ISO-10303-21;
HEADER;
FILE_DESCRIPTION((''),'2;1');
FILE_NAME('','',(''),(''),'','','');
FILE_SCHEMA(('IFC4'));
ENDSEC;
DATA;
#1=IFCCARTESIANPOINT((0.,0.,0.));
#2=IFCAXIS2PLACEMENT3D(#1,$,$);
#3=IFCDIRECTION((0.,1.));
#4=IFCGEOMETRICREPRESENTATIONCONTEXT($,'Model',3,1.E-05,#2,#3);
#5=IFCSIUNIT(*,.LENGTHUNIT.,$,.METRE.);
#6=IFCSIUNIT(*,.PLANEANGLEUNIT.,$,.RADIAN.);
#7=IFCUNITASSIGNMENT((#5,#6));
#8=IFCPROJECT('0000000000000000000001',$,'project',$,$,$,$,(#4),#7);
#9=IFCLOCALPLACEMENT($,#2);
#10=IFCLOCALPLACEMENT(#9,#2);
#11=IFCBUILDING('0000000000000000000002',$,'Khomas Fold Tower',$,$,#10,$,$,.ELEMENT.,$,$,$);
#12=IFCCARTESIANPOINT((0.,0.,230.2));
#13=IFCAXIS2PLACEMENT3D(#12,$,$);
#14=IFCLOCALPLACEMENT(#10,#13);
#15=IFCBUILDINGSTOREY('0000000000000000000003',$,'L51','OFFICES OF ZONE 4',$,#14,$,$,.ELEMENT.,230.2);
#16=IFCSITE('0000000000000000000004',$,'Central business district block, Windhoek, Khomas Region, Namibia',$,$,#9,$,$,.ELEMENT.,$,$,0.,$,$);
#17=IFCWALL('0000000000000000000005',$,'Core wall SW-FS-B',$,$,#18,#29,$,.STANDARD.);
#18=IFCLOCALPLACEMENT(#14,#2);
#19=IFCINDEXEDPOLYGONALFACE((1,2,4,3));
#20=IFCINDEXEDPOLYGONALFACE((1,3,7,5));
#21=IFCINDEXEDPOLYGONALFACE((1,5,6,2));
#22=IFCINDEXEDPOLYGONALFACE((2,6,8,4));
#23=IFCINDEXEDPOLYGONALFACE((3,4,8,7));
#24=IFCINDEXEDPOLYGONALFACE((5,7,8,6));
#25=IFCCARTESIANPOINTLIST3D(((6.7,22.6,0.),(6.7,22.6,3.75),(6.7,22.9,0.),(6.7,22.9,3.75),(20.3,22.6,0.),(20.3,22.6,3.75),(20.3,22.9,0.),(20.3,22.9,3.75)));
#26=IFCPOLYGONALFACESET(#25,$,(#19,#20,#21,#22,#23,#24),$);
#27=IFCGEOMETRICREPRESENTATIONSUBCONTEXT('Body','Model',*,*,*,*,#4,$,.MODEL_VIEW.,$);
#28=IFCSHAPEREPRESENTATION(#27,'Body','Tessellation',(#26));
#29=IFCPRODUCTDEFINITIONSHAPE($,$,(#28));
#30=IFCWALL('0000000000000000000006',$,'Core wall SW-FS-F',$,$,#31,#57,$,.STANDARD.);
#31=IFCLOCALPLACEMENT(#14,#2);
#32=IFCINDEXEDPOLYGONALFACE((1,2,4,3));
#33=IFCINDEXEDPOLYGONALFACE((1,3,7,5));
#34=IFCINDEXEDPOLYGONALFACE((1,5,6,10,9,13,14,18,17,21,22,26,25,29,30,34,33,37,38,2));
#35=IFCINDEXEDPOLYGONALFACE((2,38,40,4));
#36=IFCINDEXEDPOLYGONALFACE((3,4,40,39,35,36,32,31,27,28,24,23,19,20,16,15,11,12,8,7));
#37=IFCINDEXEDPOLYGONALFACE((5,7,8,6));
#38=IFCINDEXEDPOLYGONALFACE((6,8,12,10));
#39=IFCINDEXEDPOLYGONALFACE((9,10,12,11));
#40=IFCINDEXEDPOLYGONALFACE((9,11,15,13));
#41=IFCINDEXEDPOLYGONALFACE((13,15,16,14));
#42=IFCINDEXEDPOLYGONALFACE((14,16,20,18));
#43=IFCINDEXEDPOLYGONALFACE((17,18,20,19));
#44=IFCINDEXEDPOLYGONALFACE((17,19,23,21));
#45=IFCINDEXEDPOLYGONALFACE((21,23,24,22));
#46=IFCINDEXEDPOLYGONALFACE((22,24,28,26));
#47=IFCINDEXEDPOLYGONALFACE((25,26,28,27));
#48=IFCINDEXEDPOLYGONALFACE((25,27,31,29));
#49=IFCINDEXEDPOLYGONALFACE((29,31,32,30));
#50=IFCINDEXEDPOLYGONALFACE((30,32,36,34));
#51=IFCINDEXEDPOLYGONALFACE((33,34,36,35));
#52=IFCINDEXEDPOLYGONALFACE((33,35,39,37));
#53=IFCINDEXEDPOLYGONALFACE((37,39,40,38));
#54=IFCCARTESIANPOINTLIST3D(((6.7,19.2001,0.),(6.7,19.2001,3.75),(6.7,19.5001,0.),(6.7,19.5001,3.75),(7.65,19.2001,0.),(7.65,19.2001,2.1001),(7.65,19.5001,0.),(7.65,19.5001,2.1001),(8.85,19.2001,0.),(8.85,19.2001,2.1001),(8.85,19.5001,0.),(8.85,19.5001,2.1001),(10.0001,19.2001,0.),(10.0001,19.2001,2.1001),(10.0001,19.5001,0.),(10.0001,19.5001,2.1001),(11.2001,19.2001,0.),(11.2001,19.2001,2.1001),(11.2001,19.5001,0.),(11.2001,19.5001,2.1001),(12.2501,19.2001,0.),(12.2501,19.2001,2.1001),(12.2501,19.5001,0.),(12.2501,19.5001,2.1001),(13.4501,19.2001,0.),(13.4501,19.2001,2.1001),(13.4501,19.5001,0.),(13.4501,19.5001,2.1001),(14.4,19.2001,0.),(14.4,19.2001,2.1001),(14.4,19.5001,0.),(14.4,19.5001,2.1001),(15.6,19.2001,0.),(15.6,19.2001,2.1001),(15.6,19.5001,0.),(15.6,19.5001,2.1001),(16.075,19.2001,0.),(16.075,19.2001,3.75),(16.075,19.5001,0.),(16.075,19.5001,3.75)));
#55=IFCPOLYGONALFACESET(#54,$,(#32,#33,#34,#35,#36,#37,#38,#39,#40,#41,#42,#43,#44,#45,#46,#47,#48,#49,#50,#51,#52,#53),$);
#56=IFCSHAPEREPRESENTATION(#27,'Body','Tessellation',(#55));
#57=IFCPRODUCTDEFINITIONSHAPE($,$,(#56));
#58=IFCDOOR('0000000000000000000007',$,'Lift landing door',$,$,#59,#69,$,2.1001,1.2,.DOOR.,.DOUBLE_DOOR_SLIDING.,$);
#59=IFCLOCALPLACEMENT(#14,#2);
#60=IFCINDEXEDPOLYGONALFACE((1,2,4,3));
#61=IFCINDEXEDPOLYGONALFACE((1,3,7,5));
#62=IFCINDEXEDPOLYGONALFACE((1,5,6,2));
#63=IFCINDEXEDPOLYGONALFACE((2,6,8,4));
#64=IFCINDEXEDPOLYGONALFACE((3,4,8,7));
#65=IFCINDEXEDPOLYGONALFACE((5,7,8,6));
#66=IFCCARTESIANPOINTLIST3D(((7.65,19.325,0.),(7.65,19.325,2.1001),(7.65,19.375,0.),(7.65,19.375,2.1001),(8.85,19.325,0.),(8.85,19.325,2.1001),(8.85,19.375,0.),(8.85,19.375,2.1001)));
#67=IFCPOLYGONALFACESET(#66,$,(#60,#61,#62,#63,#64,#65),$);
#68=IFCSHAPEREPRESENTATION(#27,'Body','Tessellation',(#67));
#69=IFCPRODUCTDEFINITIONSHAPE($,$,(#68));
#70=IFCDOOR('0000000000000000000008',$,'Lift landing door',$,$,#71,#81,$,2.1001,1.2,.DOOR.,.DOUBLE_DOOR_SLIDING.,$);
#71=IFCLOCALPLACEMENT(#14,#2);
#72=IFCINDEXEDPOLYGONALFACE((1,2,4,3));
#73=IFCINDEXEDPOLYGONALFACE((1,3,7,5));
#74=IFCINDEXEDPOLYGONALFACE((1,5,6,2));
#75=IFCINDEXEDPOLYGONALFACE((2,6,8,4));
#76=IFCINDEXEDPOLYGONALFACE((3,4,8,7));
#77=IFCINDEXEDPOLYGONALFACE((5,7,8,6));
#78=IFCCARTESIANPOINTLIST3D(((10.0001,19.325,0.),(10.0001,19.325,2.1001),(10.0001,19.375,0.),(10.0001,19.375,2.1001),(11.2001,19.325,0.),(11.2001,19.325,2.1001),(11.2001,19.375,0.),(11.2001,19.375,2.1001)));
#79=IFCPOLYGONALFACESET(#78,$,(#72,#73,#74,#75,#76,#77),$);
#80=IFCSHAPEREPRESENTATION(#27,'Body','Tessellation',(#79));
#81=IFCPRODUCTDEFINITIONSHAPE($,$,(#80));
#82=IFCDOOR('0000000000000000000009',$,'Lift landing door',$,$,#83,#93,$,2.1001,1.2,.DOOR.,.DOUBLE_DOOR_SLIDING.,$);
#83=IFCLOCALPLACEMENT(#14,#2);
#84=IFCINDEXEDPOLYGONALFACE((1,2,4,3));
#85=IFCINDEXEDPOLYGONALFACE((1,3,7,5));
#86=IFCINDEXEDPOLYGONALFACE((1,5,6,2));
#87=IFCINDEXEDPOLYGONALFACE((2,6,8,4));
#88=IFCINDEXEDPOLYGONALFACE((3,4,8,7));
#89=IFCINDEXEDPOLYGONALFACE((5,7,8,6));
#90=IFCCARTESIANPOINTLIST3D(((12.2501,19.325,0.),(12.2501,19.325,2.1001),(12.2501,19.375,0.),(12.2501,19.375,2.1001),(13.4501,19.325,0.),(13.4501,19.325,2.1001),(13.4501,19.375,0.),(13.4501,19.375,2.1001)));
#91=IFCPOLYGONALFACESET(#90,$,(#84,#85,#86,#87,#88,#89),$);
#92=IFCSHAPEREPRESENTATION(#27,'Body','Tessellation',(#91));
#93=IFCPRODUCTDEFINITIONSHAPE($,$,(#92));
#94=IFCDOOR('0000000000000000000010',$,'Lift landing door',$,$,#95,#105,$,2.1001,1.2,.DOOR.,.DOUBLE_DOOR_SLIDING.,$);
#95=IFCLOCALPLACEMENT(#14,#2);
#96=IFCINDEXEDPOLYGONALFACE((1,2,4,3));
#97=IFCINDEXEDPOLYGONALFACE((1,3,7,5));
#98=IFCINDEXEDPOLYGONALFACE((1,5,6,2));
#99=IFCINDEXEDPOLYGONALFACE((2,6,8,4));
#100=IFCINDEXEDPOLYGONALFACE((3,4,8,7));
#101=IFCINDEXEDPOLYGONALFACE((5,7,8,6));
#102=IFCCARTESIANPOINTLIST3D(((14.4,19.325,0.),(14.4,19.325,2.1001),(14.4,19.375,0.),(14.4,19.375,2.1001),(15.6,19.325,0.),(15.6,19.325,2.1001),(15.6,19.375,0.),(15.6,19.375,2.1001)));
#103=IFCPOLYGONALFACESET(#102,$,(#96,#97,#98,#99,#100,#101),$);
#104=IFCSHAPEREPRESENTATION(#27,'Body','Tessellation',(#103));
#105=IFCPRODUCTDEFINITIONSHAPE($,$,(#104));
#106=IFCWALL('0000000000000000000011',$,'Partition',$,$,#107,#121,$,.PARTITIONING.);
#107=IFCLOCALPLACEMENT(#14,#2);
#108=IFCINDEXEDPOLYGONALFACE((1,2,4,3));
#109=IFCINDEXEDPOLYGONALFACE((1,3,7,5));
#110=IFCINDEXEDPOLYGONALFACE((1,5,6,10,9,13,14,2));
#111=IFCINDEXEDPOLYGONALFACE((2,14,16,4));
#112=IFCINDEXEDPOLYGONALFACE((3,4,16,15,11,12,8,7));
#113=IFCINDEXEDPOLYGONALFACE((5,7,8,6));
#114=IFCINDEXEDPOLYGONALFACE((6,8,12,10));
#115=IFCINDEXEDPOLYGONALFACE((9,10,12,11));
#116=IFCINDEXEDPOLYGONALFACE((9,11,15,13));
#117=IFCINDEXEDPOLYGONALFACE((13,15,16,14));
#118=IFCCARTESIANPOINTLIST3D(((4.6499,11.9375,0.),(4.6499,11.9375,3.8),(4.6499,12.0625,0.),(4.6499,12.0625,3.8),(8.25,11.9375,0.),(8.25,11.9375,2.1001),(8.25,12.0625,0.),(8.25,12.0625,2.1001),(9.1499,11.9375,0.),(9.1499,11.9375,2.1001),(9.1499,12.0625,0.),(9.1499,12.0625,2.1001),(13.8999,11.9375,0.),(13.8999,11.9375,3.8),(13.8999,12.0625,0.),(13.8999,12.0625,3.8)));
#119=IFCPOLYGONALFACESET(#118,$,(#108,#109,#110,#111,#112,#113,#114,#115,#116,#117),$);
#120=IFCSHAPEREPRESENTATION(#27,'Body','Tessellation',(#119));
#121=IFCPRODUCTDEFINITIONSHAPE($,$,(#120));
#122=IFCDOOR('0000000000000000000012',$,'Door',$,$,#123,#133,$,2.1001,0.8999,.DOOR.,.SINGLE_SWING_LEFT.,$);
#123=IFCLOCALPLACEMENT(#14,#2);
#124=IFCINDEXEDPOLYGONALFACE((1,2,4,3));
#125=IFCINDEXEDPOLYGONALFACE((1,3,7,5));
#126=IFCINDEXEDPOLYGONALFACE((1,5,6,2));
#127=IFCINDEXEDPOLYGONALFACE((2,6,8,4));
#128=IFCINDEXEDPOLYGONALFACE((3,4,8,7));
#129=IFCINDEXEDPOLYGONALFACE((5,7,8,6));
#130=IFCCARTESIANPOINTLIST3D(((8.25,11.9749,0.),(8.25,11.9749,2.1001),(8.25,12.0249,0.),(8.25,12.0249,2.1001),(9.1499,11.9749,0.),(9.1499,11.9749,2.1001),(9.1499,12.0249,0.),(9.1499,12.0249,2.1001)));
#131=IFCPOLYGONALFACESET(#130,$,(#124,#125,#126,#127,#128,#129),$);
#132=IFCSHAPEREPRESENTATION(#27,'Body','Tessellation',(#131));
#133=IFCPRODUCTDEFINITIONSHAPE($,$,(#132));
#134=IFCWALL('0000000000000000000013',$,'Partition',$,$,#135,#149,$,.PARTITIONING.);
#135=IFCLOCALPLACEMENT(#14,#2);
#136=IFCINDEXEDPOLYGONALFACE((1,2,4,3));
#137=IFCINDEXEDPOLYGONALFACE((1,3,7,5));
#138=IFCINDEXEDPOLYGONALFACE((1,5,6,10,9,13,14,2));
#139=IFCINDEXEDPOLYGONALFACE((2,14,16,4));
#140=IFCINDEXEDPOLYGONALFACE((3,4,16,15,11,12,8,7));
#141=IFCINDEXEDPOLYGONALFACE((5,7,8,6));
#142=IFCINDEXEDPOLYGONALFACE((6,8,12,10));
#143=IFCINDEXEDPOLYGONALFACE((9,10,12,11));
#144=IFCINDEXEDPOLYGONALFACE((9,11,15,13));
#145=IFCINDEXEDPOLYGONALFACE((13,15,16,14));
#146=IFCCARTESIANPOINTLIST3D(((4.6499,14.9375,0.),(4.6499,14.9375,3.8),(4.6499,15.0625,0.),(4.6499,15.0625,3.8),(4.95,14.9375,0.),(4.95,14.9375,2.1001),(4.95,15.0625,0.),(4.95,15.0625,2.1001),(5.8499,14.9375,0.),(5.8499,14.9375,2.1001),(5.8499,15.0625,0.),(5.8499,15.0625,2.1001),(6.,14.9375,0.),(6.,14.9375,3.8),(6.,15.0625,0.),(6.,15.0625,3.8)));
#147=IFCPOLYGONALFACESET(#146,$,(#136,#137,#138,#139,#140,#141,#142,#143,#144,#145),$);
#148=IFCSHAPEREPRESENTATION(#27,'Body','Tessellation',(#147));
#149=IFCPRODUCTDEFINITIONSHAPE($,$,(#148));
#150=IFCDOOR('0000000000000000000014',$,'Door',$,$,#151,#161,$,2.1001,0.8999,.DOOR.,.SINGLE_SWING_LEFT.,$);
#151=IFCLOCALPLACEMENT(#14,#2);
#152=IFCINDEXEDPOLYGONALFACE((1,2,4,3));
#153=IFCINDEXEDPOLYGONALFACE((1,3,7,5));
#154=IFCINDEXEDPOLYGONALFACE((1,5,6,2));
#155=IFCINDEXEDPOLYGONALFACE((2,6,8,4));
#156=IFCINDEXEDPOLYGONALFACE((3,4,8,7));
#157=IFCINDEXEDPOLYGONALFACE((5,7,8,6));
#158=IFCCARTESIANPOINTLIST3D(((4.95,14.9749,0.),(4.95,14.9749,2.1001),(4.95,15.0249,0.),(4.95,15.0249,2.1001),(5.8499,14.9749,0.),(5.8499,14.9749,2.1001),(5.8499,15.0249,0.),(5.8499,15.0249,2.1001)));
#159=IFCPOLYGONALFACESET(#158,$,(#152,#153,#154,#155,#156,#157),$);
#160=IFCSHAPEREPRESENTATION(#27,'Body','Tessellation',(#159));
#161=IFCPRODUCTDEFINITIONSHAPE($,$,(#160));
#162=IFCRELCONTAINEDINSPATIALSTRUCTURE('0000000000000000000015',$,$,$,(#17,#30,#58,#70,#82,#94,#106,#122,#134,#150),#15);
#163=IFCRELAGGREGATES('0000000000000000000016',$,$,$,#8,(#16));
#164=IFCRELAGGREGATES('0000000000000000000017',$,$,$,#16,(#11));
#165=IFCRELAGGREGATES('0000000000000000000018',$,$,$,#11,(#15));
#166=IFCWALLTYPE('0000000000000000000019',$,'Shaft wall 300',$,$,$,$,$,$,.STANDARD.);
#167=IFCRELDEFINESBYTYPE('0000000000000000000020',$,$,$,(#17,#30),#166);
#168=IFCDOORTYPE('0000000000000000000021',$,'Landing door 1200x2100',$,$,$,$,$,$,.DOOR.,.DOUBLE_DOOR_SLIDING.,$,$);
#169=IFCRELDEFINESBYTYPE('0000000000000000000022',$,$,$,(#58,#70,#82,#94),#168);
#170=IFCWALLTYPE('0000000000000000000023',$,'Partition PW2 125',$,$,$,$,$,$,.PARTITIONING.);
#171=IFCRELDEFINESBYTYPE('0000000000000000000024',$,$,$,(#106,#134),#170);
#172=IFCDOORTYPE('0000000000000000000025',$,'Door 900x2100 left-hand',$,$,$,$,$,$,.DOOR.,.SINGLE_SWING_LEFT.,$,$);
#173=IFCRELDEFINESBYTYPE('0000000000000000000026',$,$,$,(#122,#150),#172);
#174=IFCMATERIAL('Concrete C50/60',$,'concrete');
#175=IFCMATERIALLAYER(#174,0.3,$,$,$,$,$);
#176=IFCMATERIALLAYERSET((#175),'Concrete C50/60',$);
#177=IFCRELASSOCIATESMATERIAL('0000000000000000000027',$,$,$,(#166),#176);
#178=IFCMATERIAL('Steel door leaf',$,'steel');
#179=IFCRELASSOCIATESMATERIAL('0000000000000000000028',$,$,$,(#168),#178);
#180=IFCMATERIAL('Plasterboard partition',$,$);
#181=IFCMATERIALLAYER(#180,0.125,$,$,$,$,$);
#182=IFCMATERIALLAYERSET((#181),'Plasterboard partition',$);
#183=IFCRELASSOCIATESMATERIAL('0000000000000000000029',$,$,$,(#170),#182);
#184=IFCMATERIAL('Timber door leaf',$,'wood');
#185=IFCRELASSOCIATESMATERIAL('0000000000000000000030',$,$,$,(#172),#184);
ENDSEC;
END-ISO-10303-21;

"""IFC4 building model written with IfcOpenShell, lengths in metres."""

from ifc_helpers import new_model, si_unit, direction, frame, frame_2d, origin, place, context, subcontext, project, spatial, rectangle, extrude, source, transform, mapped, material, layer, layer_set, type_object, element, fill, save


model = new_model("IFC4")

# Units and contexts
model_context = context("Model", 3, precision=1e-05, world=origin(), true_north=direction((0.0, 1.0)))
body_context = subcontext(model_context, "Body", "Model", "MODEL_VIEW")
ifc_project = project(units=[si_unit("LENGTHUNIT", "METRE"), si_unit("PLANEANGLEUNIT", "RADIAN")], contexts=[model_context])

# Site, building, storey
site_placement = place(None, origin())
site = spatial("IfcSite", under=ifc_project, at=site_placement, Name="Central business district block, Windhoek, Khomas Region, Namibia", CompositionType="ELEMENT", RefElevation=0.0)
building_placement = place(site_placement, origin())
building = spatial("IfcBuilding", under=site, at=building_placement, Name="Khomas Fold Tower", CompositionType="ELEMENT")
storey_placement = place(building_placement, frame((0.0, 0.0, 230.2)))
storey = spatial("IfcBuildingStorey", under=building, at=storey_placement, Name="L51", Description="OFFICES OF ZONE 4", CompositionType="ELEMENT", Elevation=230.2)

# Wall
ifc_material_1 = material(Name="Concrete C50/60", Category="concrete")
ifc_layer_1 = layer(ifc_material_1, 0.3)
ifc_layer_set_1 = layer_set([ifc_layer_1], Name="Concrete C50/60")
wall_type_1 = type_object("IfcWallType", Name="Shaft wall 300", PredefinedType="STANDARD", material=ifc_layer_set_1)
shared_shape_1 = source(origin(), body_context, "Body", "SweptSolid", [
    extrude(rectangle(XDim=13.6001, YDim=0.3, at=frame_2d((6.8, 0.0))), origin(), (0.0, 0.0, 1.0), 3.75),
])
wall_1_placement = place(storey_placement, frame((6.7, 22.75, 0.0), z_axis=(0.0, 0.0, 1.0), x_axis=(1.0, 0.0, 0.0)))
element("IfcWall", 1, at=wall_1_placement, inside=storey, type_object=wall_type_1, Name="Core wall SW-FS-B", PredefinedType="STANDARD", context=body_context, shape_type="MappedRepresentation", body=[
    mapped(shared_shape_1, transform((0.0, 0.0, 0.0))),
])

# Wall, openings, doors
shared_shape_2 = source(origin(), body_context, "Body", "SweptSolid", [
    extrude(rectangle(XDim=9.375, YDim=0.3, at=frame_2d((4.6875, 0.0))), origin(), (0.0, 0.0, 1.0), 3.75),
])
wall_2_placement = place(storey_placement, frame((6.7, 19.3501, 0.0), z_axis=(0.0, 0.0, 1.0), x_axis=(1.0, 0.0, 0.0)))
wall_2 = element("IfcWall", 2, at=wall_2_placement, inside=storey, type_object=wall_type_1, Name="Core wall SW-FS-F", PredefinedType="STANDARD", context=body_context, shape_type="MappedRepresentation", body=[
    mapped(shared_shape_2, transform((0.0, 0.0, 0.0))),
])
shared_shape_3 = source(origin(), body_context, "Body", "SweptSolid", [
    extrude(rectangle(XDim=1.2, YDim=2.1001, at=frame_2d((0.6001, 1.05))), frame((0.0, 0.1599, 0.0), z_axis=(0.0, -1.0, 0.0), x_axis=(1.0, 0.0, 0.0)), (0.0, 0.0, 1.0), 0.3201),
])
opening_1_placement = place(wall_2_placement, frame((0.95, 0.0, 0.0)))
opening_1 = element("IfcOpeningElement", 3, at=opening_1_placement, cuts=wall_2, PredefinedType="OPENING", context=body_context, shape_type="MappedRepresentation", body=[
    mapped(shared_shape_3, transform((0.0, 0.0, 0.0))),
])
opening_2_placement = place(wall_2_placement, frame((3.3, 0.0, 0.0)))
opening_2 = element("IfcOpeningElement", 4, at=opening_2_placement, cuts=wall_2, PredefinedType="OPENING", context=body_context, shape_type="MappedRepresentation", body=[
    mapped(shared_shape_3, transform((0.0, 0.0, 0.0))),
])
opening_3_placement = place(wall_2_placement, frame((5.55, 0.0, 0.0)))
opening_3 = element("IfcOpeningElement", 5, at=opening_3_placement, cuts=wall_2, PredefinedType="OPENING", context=body_context, shape_type="MappedRepresentation", body=[
    mapped(shared_shape_3, transform((0.0, 0.0, 0.0))),
])
opening_4_placement = place(wall_2_placement, frame((7.7, 0.0, 0.0)))
opening_4 = element("IfcOpeningElement", 6, at=opening_4_placement, cuts=wall_2, PredefinedType="OPENING", context=body_context, shape_type="MappedRepresentation", body=[
    mapped(shared_shape_3, transform((0.0, 0.0, 0.0))),
])
ifc_material_2 = material(Name="Steel door leaf", Category="steel")
door_type_1 = type_object("IfcDoorType", Name="Landing door 1200x2100", OperationType="DOUBLE_DOOR_SLIDING", PredefinedType="DOOR", material=ifc_material_2)
shared_shape_4 = source(origin(), body_context, "Body", "SweptSolid", [
    extrude(rectangle(XDim=1.2, YDim=2.1001, at=frame_2d((0.6001, 1.05))), frame((0.0, 0.0249, 0.0), z_axis=(0.0, -1.0, 0.0), x_axis=(1.0, 0.0, 0.0)), (0.0, 0.0, 1.0), 0.05),
])
door_1_placement = place(opening_1_placement, origin())
door_1 = element("IfcDoor", 7, at=door_1_placement, inside=storey, type_object=door_type_1, Name="Lift landing door", OperationType="DOUBLE_DOOR_SLIDING", OverallHeight=2.1001, OverallWidth=1.2, PredefinedType="DOOR", context=body_context, shape_type="MappedRepresentation", body=[
    mapped(shared_shape_4, transform((0.0, 0.0, 0.0))),
])
fill(opening_1, door_1)
door_2_placement = place(opening_2_placement, origin())
door_2 = element("IfcDoor", 8, at=door_2_placement, inside=storey, type_object=door_type_1, Name="Lift landing door", OperationType="DOUBLE_DOOR_SLIDING", OverallHeight=2.1001, OverallWidth=1.2, PredefinedType="DOOR", context=body_context, shape_type="MappedRepresentation", body=[
    mapped(shared_shape_4, transform((0.0, 0.0, 0.0))),
])
fill(opening_2, door_2)
door_3_placement = place(opening_3_placement, origin())
door_3 = element("IfcDoor", 9, at=door_3_placement, inside=storey, type_object=door_type_1, Name="Lift landing door", OperationType="DOUBLE_DOOR_SLIDING", OverallHeight=2.1001, OverallWidth=1.2, PredefinedType="DOOR", context=body_context, shape_type="MappedRepresentation", body=[
    mapped(shared_shape_4, transform((0.0, 0.0, 0.0))),
])
fill(opening_3, door_3)
door_4_placement = place(opening_4_placement, origin())
door_4 = element("IfcDoor", 10, at=door_4_placement, inside=storey, type_object=door_type_1, Name="Lift landing door", OperationType="DOUBLE_DOOR_SLIDING", OverallHeight=2.1001, OverallWidth=1.2, PredefinedType="DOOR", context=body_context, shape_type="MappedRepresentation", body=[
    mapped(shared_shape_4, transform((0.0, 0.0, 0.0))),
])
fill(opening_4, door_4)

# Walls, openings, doors
ifc_material_3 = material(Name="Plasterboard partition")
ifc_layer_2 = layer(ifc_material_3, 0.125)
ifc_layer_set_2 = layer_set([ifc_layer_2], Name="Plasterboard partition")
wall_type_2 = type_object("IfcWallType", Name="Partition PW2 125", PredefinedType="PARTITIONING", material=ifc_layer_set_2)
shared_shape_5 = source(origin(), body_context, "Body", "SweptSolid", [
    extrude(rectangle(XDim=9.25, YDim=0.125, at=frame_2d((4.625, 0.0))), origin(), (0.0, 0.0, 1.0), 3.8),
])
wall_3_placement = place(storey_placement, frame((4.6499, 12.0, 0.0), z_axis=(0.0, 0.0, 1.0), x_axis=(1.0, 0.0, 0.0)))
wall_3 = element("IfcWall", 11, at=wall_3_placement, inside=storey, type_object=wall_type_2, Name="Partition", PredefinedType="PARTITIONING", context=body_context, shape_type="MappedRepresentation", body=[
    mapped(shared_shape_5, transform((0.0, 0.0, 0.0))),
])
shared_shape_6 = source(origin(), body_context, "Body", "SweptSolid", [
    extrude(rectangle(XDim=0.8999, YDim=2.1001, at=frame_2d((0.45, 1.05))), frame((0.0, 0.0725, 0.0), z_axis=(0.0, -1.0, 0.0), x_axis=(1.0, 0.0, 0.0)), (0.0, 0.0, 1.0), 0.145),
])
opening_5_placement = place(wall_3_placement, frame((3.6001, 0.0, 0.0)))
opening_5 = element("IfcOpeningElement", 12, at=opening_5_placement, cuts=wall_3, PredefinedType="OPENING", context=body_context, shape_type="MappedRepresentation", body=[
    mapped(shared_shape_6, transform((0.0, 0.0, 0.0))),
])
ifc_material_4 = material(Name="Timber door leaf", Category="wood")
door_type_2 = type_object("IfcDoorType", Name="Door 900x2100 left-hand", OperationType="SINGLE_SWING_LEFT", PredefinedType="DOOR", material=ifc_material_4)
shared_shape_7 = source(origin(), body_context, "Body", "SweptSolid", [
    extrude(rectangle(XDim=0.8999, YDim=2.1001, at=frame_2d((0.45, 1.05))), frame((0.0, 0.0249, 0.0), z_axis=(0.0, -1.0, 0.0), x_axis=(1.0, 0.0, 0.0)), (0.0, 0.0, 1.0), 0.05),
])
door_5_placement = place(opening_5_placement, origin())
door_5 = element("IfcDoor", 13, at=door_5_placement, inside=storey, type_object=door_type_2, Name="Door", OperationType="SINGLE_SWING_LEFT", OverallHeight=2.1001, OverallWidth=0.8999, PredefinedType="DOOR", context=body_context, shape_type="MappedRepresentation", body=[
    mapped(shared_shape_7, transform((0.0, 0.0, 0.0))),
])
fill(opening_5, door_5)
shared_shape_8 = source(origin(), body_context, "Body", "SweptSolid", [
    extrude(rectangle(XDim=1.3501, YDim=0.125, at=frame_2d((0.675, 0.0))), origin(), (0.0, 0.0, 1.0), 3.8),
])
wall_4_placement = place(storey_placement, frame((4.6499, 15.0, 0.0), z_axis=(0.0, 0.0, 1.0), x_axis=(1.0, 0.0, 0.0)))
wall_4 = element("IfcWall", 14, at=wall_4_placement, inside=storey, type_object=wall_type_2, Name="Partition", PredefinedType="PARTITIONING", context=body_context, shape_type="MappedRepresentation", body=[
    mapped(shared_shape_8, transform((0.0, 0.0, 0.0))),
])
opening_6_placement = place(wall_4_placement, frame((0.3, 0.0, 0.0)))
opening_6 = element("IfcOpeningElement", 15, at=opening_6_placement, cuts=wall_4, PredefinedType="OPENING", context=body_context, shape_type="MappedRepresentation", body=[
    mapped(shared_shape_6, transform((0.0, 0.0, 0.0))),
])
door_6_placement = place(opening_6_placement, origin())
door_6 = element("IfcDoor", 16, at=door_6_placement, inside=storey, type_object=door_type_2, Name="Door", OperationType="SINGLE_SWING_LEFT", OverallHeight=2.1001, OverallWidth=0.8999, PredefinedType="DOOR", context=body_context, shape_type="MappedRepresentation", body=[
    mapped(shared_shape_7, transform((0.0, 0.0, 0.0))),
])
fill(opening_6, door_6)

save(model, "model.ifc")
